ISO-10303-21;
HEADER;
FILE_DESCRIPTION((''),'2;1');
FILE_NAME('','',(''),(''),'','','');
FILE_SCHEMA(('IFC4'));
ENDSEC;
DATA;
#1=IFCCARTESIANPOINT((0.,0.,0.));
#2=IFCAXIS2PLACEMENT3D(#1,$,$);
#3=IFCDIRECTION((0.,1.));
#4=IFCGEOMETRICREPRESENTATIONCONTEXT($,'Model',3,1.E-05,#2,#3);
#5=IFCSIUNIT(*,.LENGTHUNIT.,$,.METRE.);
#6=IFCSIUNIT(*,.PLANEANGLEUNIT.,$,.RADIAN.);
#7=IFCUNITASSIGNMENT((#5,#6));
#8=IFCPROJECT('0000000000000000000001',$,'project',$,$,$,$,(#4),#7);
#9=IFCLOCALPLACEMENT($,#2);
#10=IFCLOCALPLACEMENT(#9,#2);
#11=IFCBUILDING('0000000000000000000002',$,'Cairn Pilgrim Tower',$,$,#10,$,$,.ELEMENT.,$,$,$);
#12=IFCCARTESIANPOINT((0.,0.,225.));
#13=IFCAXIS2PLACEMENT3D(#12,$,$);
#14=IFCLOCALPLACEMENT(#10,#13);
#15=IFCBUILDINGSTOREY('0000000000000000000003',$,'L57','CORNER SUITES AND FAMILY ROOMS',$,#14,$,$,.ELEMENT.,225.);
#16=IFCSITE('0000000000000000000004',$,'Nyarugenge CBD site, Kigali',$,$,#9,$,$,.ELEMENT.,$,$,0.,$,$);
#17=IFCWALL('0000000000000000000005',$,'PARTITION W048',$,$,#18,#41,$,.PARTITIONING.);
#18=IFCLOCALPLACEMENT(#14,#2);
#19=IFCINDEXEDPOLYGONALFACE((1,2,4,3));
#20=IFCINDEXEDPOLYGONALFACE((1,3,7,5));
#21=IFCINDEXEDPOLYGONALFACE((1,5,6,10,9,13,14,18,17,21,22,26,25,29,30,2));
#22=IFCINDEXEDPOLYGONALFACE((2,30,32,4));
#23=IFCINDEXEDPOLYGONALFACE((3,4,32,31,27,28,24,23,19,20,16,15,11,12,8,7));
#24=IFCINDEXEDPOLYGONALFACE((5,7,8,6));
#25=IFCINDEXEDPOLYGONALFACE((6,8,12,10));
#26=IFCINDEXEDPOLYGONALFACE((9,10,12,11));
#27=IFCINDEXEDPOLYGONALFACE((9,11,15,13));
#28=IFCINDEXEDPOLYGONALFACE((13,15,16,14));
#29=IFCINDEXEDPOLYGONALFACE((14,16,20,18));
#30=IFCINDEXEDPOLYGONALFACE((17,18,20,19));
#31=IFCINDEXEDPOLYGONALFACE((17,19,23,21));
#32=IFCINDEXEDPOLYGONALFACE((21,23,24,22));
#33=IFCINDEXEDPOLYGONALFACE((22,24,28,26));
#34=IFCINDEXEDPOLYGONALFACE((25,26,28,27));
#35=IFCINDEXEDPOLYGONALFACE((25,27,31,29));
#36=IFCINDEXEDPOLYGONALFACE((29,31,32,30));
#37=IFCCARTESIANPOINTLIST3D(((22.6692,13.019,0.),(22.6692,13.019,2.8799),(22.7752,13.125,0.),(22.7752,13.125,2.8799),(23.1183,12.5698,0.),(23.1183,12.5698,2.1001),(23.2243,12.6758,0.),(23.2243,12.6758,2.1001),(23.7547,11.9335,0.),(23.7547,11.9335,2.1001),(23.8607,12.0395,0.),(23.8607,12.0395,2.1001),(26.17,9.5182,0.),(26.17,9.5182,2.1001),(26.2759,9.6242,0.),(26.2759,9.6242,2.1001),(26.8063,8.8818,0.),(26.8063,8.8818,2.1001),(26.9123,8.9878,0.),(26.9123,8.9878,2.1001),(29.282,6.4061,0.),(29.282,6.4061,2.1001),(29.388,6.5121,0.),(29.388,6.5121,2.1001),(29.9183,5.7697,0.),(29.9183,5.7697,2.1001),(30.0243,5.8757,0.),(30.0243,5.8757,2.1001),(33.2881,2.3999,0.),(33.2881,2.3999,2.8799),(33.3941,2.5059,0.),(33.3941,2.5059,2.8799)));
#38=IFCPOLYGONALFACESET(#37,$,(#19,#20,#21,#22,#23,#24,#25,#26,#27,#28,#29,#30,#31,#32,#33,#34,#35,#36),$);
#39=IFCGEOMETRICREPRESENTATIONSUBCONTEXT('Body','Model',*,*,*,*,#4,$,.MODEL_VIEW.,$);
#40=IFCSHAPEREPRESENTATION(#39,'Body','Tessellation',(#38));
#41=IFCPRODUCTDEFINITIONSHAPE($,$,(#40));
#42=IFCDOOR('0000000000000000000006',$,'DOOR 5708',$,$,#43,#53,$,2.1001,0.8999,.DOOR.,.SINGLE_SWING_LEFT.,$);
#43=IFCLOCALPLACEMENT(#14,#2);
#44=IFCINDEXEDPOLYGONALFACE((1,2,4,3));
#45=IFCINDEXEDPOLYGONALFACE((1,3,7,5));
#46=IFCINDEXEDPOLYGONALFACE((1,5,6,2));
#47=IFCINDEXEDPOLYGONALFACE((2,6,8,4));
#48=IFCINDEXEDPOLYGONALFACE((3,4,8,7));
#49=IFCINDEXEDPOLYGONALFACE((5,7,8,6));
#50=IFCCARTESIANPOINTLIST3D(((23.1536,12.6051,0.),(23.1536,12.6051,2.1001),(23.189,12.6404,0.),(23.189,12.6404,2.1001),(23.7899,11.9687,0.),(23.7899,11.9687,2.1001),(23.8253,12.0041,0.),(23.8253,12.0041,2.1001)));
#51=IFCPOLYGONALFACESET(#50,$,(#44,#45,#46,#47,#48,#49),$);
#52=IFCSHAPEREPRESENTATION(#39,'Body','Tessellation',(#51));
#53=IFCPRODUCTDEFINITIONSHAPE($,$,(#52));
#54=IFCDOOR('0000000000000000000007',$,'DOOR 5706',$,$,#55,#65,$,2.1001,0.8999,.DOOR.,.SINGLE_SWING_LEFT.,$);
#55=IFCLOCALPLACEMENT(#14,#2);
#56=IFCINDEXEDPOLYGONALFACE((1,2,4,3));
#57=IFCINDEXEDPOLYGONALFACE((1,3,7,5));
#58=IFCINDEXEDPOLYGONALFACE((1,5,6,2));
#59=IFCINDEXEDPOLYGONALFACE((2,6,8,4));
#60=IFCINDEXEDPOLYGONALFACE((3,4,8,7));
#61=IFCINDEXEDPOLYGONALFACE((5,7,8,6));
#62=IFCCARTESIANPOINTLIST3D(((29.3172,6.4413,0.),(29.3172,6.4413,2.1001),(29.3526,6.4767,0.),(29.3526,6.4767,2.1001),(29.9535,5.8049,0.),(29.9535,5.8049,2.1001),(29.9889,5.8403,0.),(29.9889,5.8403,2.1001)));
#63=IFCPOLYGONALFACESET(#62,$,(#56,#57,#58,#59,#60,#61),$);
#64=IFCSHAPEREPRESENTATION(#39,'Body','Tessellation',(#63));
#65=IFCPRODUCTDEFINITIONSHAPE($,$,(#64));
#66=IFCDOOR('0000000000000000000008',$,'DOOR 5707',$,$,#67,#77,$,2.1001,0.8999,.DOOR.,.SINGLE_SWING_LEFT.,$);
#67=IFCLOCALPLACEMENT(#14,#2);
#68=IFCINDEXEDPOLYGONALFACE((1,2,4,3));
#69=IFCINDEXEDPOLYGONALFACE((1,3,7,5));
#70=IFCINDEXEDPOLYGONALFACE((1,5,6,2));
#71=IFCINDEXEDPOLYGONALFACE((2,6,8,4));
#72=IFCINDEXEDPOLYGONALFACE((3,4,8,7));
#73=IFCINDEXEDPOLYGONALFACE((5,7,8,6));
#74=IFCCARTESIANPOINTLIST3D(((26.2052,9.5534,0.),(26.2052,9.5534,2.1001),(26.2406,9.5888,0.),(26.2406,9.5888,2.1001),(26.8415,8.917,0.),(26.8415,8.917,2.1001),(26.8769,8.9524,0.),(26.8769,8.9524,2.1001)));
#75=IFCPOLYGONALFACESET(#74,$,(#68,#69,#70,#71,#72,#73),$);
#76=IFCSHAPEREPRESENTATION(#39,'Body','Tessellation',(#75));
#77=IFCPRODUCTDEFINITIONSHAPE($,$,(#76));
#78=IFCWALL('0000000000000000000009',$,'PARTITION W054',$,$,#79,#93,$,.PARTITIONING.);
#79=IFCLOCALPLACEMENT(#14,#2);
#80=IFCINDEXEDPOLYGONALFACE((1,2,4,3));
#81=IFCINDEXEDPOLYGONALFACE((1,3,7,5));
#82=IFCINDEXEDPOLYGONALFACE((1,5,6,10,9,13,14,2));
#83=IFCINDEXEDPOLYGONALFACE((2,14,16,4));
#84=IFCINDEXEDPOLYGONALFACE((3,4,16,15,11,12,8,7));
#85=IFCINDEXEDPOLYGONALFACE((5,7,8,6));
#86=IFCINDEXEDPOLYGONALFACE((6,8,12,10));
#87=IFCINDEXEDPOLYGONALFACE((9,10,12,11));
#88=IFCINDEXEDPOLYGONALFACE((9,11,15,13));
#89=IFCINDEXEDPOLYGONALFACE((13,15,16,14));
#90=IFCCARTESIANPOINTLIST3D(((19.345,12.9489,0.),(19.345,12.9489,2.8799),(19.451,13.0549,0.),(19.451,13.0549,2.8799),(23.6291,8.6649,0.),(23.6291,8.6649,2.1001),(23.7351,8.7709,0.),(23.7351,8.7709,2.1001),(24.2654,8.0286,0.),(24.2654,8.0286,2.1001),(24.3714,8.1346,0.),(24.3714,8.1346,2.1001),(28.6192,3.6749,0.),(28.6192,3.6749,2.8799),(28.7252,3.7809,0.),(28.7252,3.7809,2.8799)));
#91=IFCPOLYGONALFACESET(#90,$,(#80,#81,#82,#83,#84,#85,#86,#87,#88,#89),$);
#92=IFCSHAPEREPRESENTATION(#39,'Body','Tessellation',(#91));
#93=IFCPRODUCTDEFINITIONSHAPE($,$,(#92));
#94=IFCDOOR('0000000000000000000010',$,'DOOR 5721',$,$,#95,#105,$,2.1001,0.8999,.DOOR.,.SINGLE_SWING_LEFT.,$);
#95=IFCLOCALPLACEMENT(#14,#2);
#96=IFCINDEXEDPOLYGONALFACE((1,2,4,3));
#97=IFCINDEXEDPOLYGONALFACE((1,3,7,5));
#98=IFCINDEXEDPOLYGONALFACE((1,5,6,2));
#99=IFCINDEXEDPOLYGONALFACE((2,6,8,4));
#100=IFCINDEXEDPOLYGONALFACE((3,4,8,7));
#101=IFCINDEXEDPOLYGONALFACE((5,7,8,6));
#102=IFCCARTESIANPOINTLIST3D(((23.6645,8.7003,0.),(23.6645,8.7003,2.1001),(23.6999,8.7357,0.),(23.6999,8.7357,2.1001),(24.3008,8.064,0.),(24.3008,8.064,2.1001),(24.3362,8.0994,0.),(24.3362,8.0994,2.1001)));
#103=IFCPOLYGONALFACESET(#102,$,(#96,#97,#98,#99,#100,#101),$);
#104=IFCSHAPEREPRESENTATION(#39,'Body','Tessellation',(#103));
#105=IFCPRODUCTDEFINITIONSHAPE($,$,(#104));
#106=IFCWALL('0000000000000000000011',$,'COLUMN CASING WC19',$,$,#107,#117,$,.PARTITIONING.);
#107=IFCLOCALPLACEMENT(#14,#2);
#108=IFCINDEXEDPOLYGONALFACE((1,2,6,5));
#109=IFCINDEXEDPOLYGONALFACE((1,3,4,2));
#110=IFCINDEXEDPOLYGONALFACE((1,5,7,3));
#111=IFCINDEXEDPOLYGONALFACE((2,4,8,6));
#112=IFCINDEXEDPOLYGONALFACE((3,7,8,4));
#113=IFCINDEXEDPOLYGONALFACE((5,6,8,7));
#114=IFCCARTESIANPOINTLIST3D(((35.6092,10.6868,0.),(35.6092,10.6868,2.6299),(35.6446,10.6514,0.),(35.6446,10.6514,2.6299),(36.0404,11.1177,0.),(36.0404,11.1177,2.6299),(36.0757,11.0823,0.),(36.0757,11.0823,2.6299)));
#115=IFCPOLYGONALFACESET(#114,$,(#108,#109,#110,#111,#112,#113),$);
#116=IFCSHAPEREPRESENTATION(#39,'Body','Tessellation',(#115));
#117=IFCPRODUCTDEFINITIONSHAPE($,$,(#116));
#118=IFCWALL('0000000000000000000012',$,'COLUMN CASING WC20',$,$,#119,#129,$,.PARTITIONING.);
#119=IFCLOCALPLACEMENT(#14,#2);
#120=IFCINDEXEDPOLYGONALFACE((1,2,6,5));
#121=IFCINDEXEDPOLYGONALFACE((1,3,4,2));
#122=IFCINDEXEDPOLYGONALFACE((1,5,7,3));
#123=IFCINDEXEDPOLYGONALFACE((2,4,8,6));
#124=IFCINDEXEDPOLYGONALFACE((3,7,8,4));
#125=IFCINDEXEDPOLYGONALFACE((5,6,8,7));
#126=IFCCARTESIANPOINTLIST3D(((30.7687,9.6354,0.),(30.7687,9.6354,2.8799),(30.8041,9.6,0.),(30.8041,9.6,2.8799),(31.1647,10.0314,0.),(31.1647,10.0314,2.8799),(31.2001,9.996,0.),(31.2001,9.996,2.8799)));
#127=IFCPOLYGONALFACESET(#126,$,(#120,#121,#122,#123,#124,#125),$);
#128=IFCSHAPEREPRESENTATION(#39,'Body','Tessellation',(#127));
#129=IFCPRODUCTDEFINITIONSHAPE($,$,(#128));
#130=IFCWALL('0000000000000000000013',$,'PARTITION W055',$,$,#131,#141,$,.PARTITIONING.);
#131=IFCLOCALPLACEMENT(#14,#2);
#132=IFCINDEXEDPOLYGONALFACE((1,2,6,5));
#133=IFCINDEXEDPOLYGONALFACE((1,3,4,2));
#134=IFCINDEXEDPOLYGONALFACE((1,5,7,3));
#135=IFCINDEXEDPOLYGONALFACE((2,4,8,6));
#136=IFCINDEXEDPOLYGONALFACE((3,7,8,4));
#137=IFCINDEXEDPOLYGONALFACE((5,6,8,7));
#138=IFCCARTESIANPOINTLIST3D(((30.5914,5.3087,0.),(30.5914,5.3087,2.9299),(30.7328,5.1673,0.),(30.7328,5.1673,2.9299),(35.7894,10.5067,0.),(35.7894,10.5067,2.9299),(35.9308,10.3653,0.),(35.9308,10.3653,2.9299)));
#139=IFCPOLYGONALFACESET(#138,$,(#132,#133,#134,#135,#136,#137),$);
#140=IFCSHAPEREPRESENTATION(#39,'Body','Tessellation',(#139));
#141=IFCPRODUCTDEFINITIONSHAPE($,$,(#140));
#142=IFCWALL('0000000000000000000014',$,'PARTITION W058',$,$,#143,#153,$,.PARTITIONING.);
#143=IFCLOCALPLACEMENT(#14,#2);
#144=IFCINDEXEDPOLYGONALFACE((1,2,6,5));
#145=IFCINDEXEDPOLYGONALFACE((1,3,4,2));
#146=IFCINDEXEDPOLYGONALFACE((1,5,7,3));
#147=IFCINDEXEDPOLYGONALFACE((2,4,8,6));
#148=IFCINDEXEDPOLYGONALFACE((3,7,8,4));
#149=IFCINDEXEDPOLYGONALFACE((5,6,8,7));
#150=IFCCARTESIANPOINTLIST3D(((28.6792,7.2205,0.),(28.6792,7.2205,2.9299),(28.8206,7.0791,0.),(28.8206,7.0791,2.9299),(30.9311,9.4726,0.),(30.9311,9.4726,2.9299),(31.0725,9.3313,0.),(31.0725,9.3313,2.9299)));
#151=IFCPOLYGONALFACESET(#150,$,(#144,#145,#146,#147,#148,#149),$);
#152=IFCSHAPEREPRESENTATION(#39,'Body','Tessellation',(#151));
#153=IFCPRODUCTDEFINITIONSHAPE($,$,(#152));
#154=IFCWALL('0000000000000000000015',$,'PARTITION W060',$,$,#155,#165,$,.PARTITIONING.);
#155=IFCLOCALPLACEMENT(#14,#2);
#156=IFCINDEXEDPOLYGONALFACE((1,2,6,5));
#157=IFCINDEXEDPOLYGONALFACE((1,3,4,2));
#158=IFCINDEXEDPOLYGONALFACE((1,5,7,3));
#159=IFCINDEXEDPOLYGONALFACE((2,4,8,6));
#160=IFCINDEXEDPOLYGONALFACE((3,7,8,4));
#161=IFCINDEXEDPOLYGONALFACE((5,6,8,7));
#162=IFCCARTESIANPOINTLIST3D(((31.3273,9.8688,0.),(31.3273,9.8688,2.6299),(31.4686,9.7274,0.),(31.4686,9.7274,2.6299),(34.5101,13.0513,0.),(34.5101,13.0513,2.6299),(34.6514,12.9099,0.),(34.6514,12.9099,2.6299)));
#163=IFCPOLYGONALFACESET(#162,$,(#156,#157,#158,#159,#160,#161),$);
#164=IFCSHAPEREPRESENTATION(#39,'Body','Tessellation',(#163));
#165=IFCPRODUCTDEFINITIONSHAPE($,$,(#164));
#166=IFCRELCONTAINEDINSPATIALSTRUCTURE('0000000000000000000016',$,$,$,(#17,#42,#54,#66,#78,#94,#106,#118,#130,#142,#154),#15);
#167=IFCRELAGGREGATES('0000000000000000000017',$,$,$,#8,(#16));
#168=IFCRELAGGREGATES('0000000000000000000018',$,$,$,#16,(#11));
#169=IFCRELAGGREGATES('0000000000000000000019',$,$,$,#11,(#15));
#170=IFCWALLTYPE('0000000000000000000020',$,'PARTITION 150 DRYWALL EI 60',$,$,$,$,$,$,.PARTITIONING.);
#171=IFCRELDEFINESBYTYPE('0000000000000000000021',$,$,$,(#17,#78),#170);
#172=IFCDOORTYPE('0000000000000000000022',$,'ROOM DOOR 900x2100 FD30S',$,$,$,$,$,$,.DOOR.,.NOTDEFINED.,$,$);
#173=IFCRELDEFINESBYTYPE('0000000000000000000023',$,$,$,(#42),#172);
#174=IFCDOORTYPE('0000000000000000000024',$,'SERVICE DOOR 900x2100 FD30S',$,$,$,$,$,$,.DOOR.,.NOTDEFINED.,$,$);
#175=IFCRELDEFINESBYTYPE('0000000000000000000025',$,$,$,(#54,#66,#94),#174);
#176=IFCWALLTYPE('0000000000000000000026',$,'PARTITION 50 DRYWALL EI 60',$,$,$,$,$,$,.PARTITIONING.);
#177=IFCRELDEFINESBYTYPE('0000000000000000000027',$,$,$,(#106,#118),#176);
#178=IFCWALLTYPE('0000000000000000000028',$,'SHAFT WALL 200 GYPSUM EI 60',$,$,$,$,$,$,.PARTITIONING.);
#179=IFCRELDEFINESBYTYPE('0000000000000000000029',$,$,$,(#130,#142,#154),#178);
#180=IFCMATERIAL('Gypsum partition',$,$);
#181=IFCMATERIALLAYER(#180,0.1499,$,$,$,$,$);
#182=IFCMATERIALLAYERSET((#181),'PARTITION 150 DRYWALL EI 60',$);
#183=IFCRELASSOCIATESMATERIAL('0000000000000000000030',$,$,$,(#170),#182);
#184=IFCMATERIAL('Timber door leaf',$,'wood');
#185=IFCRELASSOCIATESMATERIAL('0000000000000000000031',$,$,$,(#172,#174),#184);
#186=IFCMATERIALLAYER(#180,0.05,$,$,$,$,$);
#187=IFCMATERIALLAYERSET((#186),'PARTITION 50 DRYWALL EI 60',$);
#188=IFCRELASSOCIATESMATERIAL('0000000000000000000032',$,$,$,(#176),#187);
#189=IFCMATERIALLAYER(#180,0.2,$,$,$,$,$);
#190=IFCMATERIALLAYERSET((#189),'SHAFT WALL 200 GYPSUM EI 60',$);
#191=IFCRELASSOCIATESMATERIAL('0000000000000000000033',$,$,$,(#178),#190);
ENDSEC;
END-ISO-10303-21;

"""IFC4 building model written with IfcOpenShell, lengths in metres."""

from ifc_helpers import new_model, si_unit, direction, frame, frame_2d, origin, place, context, subcontext, project, spatial, rectangle, extrude, material, layer, layer_set, type_object, element, fill, save


model = new_model("IFC4")

# Units and contexts
model_context = context("Model", 3, precision=1e-05, world=origin(), true_north=direction((0.0, 1.0)))
body_context = subcontext(model_context, "Body", "Model", "MODEL_VIEW")
ifc_project = project(units=[si_unit("LENGTHUNIT", "METRE"), si_unit("PLANEANGLEUNIT", "RADIAN")], contexts=[model_context])

# Site, building, storey
site_placement = place(None, origin())
site = spatial("IfcSite", under=ifc_project, at=site_placement, Name="Nyarugenge CBD site, Kigali", CompositionType="ELEMENT", RefElevation=0.0)
building_placement = place(site_placement, origin())
building = spatial("IfcBuilding", under=site, at=building_placement, Name="Cairn Pilgrim Tower", CompositionType="ELEMENT")
storey_placement = place(building_placement, frame((0.0, 0.0, 225.0)))
storey = spatial("IfcBuildingStorey", under=building, at=storey_placement, Name="L57", Description="CORNER SUITES AND FAMILY ROOMS", CompositionType="ELEMENT", Elevation=225.0)

# Shared definitions
ifc_material_1 = material(Name="Gypsum partition")
ifc_material_2 = material(Name="Timber door leaf", Category="wood")

# Wall, openings, doors
ifc_layer_1 = layer(ifc_material_1, 0.1499)
ifc_layer_set_1 = layer_set([ifc_layer_1], Name="PARTITION 150 DRYWALL EI 60")
wall_type_1 = type_object("IfcWallType", Name="PARTITION 150 DRYWALL EI 60", PredefinedType="PARTITIONING", material=ifc_layer_set_1)
wall_1_placement = place(storey_placement, frame((33.3411, 2.4529, 0.0), z_axis=(0.0, 0.0, 1.0), x_axis=(-0.707099, 0.707115, 0.0)))
wall_1 = element("IfcWall", 1, at=wall_1_placement, inside=storey, type_object=wall_type_1, Name="PARTITION W048", PredefinedType="PARTITIONING", context=body_context, shape_type="SweptSolid", body=[
    extrude(rectangle(XDim=15.0176, YDim=0.1499, at=frame_2d((7.5088, 0.0))), origin(), (0.0, 0.0, 1.0), 2.8799),
])
opening_1_placement = place(wall_1_placement, frame((4.7656, 0.0, 0.0)))
opening_1 = element("IfcOpeningElement", 2, at=opening_1_placement, cuts=wall_1, PredefinedType="OPENING", context=body_context, shape_type="SweptSolid", body=[
    extrude(rectangle(XDim=0.8999, YDim=2.1001, at=frame_2d((0.45, 1.05))), frame((0.0, 0.085, 0.0), z_axis=(0.0, -1.0, 0.0), x_axis=(1.0, 0.0, 0.0)), (0.0, 0.0, 1.0), 0.1699),
])
opening_2_placement = place(wall_1_placement, frame((9.1667, 0.0, 0.0)))
opening_2 = element("IfcOpeningElement", 3, at=opening_2_placement, cuts=wall_1, PredefinedType="OPENING", context=body_context, shape_type="SweptSolid", body=[
    extrude(rectangle(XDim=0.8999, YDim=2.1001, at=frame_2d((0.45, 1.05))), frame((0.0, 0.085, 0.0), z_axis=(0.0, -1.0, 0.0), x_axis=(1.0, 0.0, 0.0)), (0.0, 0.0, 1.0), 0.1699),
])
opening_3_placement = place(wall_1_placement, frame((13.4824, 0.0, 0.0)))
opening_3 = element("IfcOpeningElement", 4, at=opening_3_placement, cuts=wall_1, PredefinedType="OPENING", context=body_context, shape_type="SweptSolid", body=[
    extrude(rectangle(XDim=0.8999, YDim=2.1001, at=frame_2d((0.45, 1.05))), frame((0.0, 0.085, 0.0), z_axis=(0.0, -1.0, 0.0), x_axis=(1.0, 0.0, 0.0)), (0.0, 0.0, 1.0), 0.1699),
])
door_type_1 = type_object("IfcDoorType", Name="ROOM DOOR 900x2100 FD30S", OperationType="NOTDEFINED", PredefinedType="DOOR", material=ifc_material_2)
door_1_placement = place(opening_3_placement, frame((0.8999, 0.0, 0.0), z_axis=(0.0, 0.0, 1.0), x_axis=(-1.0, 0.0, 0.0)))
door_1 = element("IfcDoor", 5, at=door_1_placement, inside=storey, type_object=door_type_1, Name="DOOR 5708", OperationType="SINGLE_SWING_LEFT", OverallHeight=2.1001, OverallWidth=0.8999, PredefinedType="DOOR", context=body_context, shape_type="SweptSolid", body=[
    extrude(rectangle(XDim=0.8999, YDim=2.1001, at=frame_2d((0.45, 1.05))), frame((0.0, 0.0249, 0.0), z_axis=(0.0, -1.0, 0.0), x_axis=(1.0, 0.0, 0.0)), (0.0, 0.0, 1.0), 0.05),
])
fill(opening_3, door_1)
door_type_2 = type_object("IfcDoorType", Name="SERVICE DOOR 900x2100 FD30S", OperationType="NOTDEFINED", PredefinedType="DOOR", material=ifc_material_2)
door_2_placement = place(opening_1_placement, frame((0.8999, 0.0, 0.0), z_axis=(0.0, 0.0, 1.0), x_axis=(-1.0, 0.0, 0.0)))
door_2 = element("IfcDoor", 6, at=door_2_placement, inside=storey, type_object=door_type_2, Name="DOOR 5706", OperationType="SINGLE_SWING_LEFT", OverallHeight=2.1001, OverallWidth=0.8999, PredefinedType="DOOR", context=body_context, shape_type="SweptSolid", body=[
    extrude(rectangle(XDim=0.8999, YDim=2.1001, at=frame_2d((0.45, 1.05))), frame((0.0, 0.0249, 0.0), z_axis=(0.0, -1.0, 0.0), x_axis=(1.0, 0.0, 0.0)), (0.0, 0.0, 1.0), 0.05),
])
fill(opening_1, door_2)
door_3_placement = place(opening_2_placement, frame((0.8999, 0.0, 0.0), z_axis=(0.0, 0.0, 1.0), x_axis=(-1.0, 0.0, 0.0)))
door_3 = element("IfcDoor", 7, at=door_3_placement, inside=storey, type_object=door_type_2, Name="DOOR 5707", OperationType="SINGLE_SWING_LEFT", OverallHeight=2.1001, OverallWidth=0.8999, PredefinedType="DOOR", context=body_context, shape_type="SweptSolid", body=[
    extrude(rectangle(XDim=0.8999, YDim=2.1001, at=frame_2d((0.45, 1.05))), frame((0.0, 0.0249, 0.0), z_axis=(0.0, -1.0, 0.0), x_axis=(1.0, 0.0, 0.0)), (0.0, 0.0, 1.0), 0.05),
])
fill(opening_2, door_3)

# Wall, opening, door
wall_2_placement = place(storey_placement, frame((28.6721, 3.728, 0.0), z_axis=(0.0, 0.0, 1.0), x_axis=(-0.707116, 0.707097, 0.0)))
wall_2 = element("IfcWall", 8, at=wall_2_placement, inside=storey, type_object=wall_type_1, Name="PARTITION W054", PredefinedType="PARTITIONING", context=body_context, shape_type="SweptSolid", body=[
    extrude(rectangle(XDim=13.1155, YDim=0.1499, at=frame_2d((6.5576, 0.0))), origin(), (0.0, 0.0, 1.0), 2.8799),
])
opening_4_placement = place(wall_2_placement, frame((6.157, 0.0, 0.0)))
opening_4 = element("IfcOpeningElement", 9, at=opening_4_placement, cuts=wall_2, PredefinedType="OPENING", context=body_context, shape_type="SweptSolid", body=[
    extrude(rectangle(XDim=0.8999, YDim=2.1001, at=frame_2d((0.45, 1.05))), frame((0.0, 0.085, 0.0), z_axis=(0.0, -1.0, 0.0), x_axis=(1.0, 0.0, 0.0)), (0.0, 0.0, 1.0), 0.1699),
])
door_4_placement = place(opening_4_placement, origin())
door_4 = element("IfcDoor", 10, at=door_4_placement, inside=storey, type_object=door_type_2, Name="DOOR 5721", OperationType="SINGLE_SWING_LEFT", OverallHeight=2.1001, OverallWidth=0.8999, PredefinedType="DOOR", context=body_context, shape_type="SweptSolid", body=[
    extrude(rectangle(XDim=0.8999, YDim=2.1001, at=frame_2d((0.45, 1.05))), frame((0.0, 0.0249, 0.0), z_axis=(0.0, -1.0, 0.0), x_axis=(1.0, 0.0, 0.0)), (0.0, 0.0, 1.0), 0.05),
])
fill(opening_4, door_4)

# Walls
ifc_layer_2 = layer(ifc_material_1, 0.05)
ifc_layer_set_2 = layer_set([ifc_layer_2], Name="PARTITION 50 DRYWALL EI 60")
wall_type_2 = type_object("IfcWallType", Name="PARTITION 50 DRYWALL EI 60", PredefinedType="PARTITIONING", material=ifc_layer_set_2)
wall_3_placement = place(storey_placement, frame((35.627, 10.6692, 0.0), z_axis=(0.0, 0.0, 1.0), x_axis=(0.707307, 0.706906, 0.0)))
element("IfcWall", 11, at=wall_3_placement, inside=storey, type_object=wall_type_2, Name="COLUMN CASING WC19", PredefinedType="PARTITIONING", context=body_context, shape_type="SweptSolid", body=[
    extrude(rectangle(XDim=0.6096, YDim=0.05, at=frame_2d((0.3047, 0.0))), origin(), (0.0, 0.0, 1.0), 2.6299),
])
wall_4_placement = place(storey_placement, frame((30.7864, 9.6177, 0.0), z_axis=(0.0, 0.0, 1.0), x_axis=(0.707107, 0.707107, 0.0)))
element("IfcWall", 12, at=wall_4_placement, inside=storey, type_object=wall_type_2, Name="COLUMN CASING WC20", PredefinedType="PARTITIONING", context=body_context, shape_type="SweptSolid", body=[
    extrude(rectangle(XDim=0.5601, YDim=0.05, at=frame_2d((0.28, 0.0))), origin(), (0.0, 0.0, 1.0), 2.8799),
])
ifc_layer_3 = layer(ifc_material_1, 0.2)
ifc_layer_set_3 = layer_set([ifc_layer_3], Name="SHAFT WALL 200 GYPSUM EI 60")
wall_type_3 = type_object("IfcWallType", Name="SHAFT WALL 200 GYPSUM EI 60", PredefinedType="PARTITIONING", material=ifc_layer_set_3)
wall_5_placement = place(storey_placement, frame((30.6621, 5.238, 0.0), z_axis=(0.0, 0.0, 1.0), x_axis=(0.707107, 0.707107, 0.0)))
element("IfcWall", 13, at=wall_5_placement, inside=storey, type_object=wall_type_3, Name="PARTITION W055", PredefinedType="PARTITIONING", context=body_context, shape_type="SweptSolid", body=[
    extrude(rectangle(XDim=7.3511, YDim=0.2, at=frame_2d((3.6755, 0.0))), origin(), (0.0, 0.0, 1.0), 2.9299),
])
wall_6_placement = place(storey_placement, frame((28.75, 7.1499, 0.0), z_axis=(0.0, 0.0, 1.0), x_axis=(0.707068, 0.707145, 0.0)))
element("IfcWall", 14, at=wall_6_placement, inside=storey, type_object=wall_type_3, Name="PARTITION W058", PredefinedType="PARTITIONING", context=body_context, shape_type="SweptSolid", body=[
    extrude(rectangle(XDim=3.1848, YDim=0.2, at=frame_2d((1.5923, 0.0))), origin(), (0.0, 0.0, 1.0), 2.9299),
])
wall_7_placement = place(storey_placement, frame((31.3979, 9.7981, 0.0), z_axis=(0.0, 0.0, 1.0), x_axis=(0.707134, 0.70708, 0.0)))
element("IfcWall", 15, at=wall_7_placement, inside=storey, type_object=wall_type_3, Name="PARTITION W060", PredefinedType="PARTITIONING", context=body_context, shape_type="SweptSolid", body=[
    extrude(rectangle(XDim=4.501, YDim=0.2, at=frame_2d((2.2505, 0.0))), origin(), (0.0, 0.0, 1.0), 2.6299),
])

save(model, "model.ifc")
